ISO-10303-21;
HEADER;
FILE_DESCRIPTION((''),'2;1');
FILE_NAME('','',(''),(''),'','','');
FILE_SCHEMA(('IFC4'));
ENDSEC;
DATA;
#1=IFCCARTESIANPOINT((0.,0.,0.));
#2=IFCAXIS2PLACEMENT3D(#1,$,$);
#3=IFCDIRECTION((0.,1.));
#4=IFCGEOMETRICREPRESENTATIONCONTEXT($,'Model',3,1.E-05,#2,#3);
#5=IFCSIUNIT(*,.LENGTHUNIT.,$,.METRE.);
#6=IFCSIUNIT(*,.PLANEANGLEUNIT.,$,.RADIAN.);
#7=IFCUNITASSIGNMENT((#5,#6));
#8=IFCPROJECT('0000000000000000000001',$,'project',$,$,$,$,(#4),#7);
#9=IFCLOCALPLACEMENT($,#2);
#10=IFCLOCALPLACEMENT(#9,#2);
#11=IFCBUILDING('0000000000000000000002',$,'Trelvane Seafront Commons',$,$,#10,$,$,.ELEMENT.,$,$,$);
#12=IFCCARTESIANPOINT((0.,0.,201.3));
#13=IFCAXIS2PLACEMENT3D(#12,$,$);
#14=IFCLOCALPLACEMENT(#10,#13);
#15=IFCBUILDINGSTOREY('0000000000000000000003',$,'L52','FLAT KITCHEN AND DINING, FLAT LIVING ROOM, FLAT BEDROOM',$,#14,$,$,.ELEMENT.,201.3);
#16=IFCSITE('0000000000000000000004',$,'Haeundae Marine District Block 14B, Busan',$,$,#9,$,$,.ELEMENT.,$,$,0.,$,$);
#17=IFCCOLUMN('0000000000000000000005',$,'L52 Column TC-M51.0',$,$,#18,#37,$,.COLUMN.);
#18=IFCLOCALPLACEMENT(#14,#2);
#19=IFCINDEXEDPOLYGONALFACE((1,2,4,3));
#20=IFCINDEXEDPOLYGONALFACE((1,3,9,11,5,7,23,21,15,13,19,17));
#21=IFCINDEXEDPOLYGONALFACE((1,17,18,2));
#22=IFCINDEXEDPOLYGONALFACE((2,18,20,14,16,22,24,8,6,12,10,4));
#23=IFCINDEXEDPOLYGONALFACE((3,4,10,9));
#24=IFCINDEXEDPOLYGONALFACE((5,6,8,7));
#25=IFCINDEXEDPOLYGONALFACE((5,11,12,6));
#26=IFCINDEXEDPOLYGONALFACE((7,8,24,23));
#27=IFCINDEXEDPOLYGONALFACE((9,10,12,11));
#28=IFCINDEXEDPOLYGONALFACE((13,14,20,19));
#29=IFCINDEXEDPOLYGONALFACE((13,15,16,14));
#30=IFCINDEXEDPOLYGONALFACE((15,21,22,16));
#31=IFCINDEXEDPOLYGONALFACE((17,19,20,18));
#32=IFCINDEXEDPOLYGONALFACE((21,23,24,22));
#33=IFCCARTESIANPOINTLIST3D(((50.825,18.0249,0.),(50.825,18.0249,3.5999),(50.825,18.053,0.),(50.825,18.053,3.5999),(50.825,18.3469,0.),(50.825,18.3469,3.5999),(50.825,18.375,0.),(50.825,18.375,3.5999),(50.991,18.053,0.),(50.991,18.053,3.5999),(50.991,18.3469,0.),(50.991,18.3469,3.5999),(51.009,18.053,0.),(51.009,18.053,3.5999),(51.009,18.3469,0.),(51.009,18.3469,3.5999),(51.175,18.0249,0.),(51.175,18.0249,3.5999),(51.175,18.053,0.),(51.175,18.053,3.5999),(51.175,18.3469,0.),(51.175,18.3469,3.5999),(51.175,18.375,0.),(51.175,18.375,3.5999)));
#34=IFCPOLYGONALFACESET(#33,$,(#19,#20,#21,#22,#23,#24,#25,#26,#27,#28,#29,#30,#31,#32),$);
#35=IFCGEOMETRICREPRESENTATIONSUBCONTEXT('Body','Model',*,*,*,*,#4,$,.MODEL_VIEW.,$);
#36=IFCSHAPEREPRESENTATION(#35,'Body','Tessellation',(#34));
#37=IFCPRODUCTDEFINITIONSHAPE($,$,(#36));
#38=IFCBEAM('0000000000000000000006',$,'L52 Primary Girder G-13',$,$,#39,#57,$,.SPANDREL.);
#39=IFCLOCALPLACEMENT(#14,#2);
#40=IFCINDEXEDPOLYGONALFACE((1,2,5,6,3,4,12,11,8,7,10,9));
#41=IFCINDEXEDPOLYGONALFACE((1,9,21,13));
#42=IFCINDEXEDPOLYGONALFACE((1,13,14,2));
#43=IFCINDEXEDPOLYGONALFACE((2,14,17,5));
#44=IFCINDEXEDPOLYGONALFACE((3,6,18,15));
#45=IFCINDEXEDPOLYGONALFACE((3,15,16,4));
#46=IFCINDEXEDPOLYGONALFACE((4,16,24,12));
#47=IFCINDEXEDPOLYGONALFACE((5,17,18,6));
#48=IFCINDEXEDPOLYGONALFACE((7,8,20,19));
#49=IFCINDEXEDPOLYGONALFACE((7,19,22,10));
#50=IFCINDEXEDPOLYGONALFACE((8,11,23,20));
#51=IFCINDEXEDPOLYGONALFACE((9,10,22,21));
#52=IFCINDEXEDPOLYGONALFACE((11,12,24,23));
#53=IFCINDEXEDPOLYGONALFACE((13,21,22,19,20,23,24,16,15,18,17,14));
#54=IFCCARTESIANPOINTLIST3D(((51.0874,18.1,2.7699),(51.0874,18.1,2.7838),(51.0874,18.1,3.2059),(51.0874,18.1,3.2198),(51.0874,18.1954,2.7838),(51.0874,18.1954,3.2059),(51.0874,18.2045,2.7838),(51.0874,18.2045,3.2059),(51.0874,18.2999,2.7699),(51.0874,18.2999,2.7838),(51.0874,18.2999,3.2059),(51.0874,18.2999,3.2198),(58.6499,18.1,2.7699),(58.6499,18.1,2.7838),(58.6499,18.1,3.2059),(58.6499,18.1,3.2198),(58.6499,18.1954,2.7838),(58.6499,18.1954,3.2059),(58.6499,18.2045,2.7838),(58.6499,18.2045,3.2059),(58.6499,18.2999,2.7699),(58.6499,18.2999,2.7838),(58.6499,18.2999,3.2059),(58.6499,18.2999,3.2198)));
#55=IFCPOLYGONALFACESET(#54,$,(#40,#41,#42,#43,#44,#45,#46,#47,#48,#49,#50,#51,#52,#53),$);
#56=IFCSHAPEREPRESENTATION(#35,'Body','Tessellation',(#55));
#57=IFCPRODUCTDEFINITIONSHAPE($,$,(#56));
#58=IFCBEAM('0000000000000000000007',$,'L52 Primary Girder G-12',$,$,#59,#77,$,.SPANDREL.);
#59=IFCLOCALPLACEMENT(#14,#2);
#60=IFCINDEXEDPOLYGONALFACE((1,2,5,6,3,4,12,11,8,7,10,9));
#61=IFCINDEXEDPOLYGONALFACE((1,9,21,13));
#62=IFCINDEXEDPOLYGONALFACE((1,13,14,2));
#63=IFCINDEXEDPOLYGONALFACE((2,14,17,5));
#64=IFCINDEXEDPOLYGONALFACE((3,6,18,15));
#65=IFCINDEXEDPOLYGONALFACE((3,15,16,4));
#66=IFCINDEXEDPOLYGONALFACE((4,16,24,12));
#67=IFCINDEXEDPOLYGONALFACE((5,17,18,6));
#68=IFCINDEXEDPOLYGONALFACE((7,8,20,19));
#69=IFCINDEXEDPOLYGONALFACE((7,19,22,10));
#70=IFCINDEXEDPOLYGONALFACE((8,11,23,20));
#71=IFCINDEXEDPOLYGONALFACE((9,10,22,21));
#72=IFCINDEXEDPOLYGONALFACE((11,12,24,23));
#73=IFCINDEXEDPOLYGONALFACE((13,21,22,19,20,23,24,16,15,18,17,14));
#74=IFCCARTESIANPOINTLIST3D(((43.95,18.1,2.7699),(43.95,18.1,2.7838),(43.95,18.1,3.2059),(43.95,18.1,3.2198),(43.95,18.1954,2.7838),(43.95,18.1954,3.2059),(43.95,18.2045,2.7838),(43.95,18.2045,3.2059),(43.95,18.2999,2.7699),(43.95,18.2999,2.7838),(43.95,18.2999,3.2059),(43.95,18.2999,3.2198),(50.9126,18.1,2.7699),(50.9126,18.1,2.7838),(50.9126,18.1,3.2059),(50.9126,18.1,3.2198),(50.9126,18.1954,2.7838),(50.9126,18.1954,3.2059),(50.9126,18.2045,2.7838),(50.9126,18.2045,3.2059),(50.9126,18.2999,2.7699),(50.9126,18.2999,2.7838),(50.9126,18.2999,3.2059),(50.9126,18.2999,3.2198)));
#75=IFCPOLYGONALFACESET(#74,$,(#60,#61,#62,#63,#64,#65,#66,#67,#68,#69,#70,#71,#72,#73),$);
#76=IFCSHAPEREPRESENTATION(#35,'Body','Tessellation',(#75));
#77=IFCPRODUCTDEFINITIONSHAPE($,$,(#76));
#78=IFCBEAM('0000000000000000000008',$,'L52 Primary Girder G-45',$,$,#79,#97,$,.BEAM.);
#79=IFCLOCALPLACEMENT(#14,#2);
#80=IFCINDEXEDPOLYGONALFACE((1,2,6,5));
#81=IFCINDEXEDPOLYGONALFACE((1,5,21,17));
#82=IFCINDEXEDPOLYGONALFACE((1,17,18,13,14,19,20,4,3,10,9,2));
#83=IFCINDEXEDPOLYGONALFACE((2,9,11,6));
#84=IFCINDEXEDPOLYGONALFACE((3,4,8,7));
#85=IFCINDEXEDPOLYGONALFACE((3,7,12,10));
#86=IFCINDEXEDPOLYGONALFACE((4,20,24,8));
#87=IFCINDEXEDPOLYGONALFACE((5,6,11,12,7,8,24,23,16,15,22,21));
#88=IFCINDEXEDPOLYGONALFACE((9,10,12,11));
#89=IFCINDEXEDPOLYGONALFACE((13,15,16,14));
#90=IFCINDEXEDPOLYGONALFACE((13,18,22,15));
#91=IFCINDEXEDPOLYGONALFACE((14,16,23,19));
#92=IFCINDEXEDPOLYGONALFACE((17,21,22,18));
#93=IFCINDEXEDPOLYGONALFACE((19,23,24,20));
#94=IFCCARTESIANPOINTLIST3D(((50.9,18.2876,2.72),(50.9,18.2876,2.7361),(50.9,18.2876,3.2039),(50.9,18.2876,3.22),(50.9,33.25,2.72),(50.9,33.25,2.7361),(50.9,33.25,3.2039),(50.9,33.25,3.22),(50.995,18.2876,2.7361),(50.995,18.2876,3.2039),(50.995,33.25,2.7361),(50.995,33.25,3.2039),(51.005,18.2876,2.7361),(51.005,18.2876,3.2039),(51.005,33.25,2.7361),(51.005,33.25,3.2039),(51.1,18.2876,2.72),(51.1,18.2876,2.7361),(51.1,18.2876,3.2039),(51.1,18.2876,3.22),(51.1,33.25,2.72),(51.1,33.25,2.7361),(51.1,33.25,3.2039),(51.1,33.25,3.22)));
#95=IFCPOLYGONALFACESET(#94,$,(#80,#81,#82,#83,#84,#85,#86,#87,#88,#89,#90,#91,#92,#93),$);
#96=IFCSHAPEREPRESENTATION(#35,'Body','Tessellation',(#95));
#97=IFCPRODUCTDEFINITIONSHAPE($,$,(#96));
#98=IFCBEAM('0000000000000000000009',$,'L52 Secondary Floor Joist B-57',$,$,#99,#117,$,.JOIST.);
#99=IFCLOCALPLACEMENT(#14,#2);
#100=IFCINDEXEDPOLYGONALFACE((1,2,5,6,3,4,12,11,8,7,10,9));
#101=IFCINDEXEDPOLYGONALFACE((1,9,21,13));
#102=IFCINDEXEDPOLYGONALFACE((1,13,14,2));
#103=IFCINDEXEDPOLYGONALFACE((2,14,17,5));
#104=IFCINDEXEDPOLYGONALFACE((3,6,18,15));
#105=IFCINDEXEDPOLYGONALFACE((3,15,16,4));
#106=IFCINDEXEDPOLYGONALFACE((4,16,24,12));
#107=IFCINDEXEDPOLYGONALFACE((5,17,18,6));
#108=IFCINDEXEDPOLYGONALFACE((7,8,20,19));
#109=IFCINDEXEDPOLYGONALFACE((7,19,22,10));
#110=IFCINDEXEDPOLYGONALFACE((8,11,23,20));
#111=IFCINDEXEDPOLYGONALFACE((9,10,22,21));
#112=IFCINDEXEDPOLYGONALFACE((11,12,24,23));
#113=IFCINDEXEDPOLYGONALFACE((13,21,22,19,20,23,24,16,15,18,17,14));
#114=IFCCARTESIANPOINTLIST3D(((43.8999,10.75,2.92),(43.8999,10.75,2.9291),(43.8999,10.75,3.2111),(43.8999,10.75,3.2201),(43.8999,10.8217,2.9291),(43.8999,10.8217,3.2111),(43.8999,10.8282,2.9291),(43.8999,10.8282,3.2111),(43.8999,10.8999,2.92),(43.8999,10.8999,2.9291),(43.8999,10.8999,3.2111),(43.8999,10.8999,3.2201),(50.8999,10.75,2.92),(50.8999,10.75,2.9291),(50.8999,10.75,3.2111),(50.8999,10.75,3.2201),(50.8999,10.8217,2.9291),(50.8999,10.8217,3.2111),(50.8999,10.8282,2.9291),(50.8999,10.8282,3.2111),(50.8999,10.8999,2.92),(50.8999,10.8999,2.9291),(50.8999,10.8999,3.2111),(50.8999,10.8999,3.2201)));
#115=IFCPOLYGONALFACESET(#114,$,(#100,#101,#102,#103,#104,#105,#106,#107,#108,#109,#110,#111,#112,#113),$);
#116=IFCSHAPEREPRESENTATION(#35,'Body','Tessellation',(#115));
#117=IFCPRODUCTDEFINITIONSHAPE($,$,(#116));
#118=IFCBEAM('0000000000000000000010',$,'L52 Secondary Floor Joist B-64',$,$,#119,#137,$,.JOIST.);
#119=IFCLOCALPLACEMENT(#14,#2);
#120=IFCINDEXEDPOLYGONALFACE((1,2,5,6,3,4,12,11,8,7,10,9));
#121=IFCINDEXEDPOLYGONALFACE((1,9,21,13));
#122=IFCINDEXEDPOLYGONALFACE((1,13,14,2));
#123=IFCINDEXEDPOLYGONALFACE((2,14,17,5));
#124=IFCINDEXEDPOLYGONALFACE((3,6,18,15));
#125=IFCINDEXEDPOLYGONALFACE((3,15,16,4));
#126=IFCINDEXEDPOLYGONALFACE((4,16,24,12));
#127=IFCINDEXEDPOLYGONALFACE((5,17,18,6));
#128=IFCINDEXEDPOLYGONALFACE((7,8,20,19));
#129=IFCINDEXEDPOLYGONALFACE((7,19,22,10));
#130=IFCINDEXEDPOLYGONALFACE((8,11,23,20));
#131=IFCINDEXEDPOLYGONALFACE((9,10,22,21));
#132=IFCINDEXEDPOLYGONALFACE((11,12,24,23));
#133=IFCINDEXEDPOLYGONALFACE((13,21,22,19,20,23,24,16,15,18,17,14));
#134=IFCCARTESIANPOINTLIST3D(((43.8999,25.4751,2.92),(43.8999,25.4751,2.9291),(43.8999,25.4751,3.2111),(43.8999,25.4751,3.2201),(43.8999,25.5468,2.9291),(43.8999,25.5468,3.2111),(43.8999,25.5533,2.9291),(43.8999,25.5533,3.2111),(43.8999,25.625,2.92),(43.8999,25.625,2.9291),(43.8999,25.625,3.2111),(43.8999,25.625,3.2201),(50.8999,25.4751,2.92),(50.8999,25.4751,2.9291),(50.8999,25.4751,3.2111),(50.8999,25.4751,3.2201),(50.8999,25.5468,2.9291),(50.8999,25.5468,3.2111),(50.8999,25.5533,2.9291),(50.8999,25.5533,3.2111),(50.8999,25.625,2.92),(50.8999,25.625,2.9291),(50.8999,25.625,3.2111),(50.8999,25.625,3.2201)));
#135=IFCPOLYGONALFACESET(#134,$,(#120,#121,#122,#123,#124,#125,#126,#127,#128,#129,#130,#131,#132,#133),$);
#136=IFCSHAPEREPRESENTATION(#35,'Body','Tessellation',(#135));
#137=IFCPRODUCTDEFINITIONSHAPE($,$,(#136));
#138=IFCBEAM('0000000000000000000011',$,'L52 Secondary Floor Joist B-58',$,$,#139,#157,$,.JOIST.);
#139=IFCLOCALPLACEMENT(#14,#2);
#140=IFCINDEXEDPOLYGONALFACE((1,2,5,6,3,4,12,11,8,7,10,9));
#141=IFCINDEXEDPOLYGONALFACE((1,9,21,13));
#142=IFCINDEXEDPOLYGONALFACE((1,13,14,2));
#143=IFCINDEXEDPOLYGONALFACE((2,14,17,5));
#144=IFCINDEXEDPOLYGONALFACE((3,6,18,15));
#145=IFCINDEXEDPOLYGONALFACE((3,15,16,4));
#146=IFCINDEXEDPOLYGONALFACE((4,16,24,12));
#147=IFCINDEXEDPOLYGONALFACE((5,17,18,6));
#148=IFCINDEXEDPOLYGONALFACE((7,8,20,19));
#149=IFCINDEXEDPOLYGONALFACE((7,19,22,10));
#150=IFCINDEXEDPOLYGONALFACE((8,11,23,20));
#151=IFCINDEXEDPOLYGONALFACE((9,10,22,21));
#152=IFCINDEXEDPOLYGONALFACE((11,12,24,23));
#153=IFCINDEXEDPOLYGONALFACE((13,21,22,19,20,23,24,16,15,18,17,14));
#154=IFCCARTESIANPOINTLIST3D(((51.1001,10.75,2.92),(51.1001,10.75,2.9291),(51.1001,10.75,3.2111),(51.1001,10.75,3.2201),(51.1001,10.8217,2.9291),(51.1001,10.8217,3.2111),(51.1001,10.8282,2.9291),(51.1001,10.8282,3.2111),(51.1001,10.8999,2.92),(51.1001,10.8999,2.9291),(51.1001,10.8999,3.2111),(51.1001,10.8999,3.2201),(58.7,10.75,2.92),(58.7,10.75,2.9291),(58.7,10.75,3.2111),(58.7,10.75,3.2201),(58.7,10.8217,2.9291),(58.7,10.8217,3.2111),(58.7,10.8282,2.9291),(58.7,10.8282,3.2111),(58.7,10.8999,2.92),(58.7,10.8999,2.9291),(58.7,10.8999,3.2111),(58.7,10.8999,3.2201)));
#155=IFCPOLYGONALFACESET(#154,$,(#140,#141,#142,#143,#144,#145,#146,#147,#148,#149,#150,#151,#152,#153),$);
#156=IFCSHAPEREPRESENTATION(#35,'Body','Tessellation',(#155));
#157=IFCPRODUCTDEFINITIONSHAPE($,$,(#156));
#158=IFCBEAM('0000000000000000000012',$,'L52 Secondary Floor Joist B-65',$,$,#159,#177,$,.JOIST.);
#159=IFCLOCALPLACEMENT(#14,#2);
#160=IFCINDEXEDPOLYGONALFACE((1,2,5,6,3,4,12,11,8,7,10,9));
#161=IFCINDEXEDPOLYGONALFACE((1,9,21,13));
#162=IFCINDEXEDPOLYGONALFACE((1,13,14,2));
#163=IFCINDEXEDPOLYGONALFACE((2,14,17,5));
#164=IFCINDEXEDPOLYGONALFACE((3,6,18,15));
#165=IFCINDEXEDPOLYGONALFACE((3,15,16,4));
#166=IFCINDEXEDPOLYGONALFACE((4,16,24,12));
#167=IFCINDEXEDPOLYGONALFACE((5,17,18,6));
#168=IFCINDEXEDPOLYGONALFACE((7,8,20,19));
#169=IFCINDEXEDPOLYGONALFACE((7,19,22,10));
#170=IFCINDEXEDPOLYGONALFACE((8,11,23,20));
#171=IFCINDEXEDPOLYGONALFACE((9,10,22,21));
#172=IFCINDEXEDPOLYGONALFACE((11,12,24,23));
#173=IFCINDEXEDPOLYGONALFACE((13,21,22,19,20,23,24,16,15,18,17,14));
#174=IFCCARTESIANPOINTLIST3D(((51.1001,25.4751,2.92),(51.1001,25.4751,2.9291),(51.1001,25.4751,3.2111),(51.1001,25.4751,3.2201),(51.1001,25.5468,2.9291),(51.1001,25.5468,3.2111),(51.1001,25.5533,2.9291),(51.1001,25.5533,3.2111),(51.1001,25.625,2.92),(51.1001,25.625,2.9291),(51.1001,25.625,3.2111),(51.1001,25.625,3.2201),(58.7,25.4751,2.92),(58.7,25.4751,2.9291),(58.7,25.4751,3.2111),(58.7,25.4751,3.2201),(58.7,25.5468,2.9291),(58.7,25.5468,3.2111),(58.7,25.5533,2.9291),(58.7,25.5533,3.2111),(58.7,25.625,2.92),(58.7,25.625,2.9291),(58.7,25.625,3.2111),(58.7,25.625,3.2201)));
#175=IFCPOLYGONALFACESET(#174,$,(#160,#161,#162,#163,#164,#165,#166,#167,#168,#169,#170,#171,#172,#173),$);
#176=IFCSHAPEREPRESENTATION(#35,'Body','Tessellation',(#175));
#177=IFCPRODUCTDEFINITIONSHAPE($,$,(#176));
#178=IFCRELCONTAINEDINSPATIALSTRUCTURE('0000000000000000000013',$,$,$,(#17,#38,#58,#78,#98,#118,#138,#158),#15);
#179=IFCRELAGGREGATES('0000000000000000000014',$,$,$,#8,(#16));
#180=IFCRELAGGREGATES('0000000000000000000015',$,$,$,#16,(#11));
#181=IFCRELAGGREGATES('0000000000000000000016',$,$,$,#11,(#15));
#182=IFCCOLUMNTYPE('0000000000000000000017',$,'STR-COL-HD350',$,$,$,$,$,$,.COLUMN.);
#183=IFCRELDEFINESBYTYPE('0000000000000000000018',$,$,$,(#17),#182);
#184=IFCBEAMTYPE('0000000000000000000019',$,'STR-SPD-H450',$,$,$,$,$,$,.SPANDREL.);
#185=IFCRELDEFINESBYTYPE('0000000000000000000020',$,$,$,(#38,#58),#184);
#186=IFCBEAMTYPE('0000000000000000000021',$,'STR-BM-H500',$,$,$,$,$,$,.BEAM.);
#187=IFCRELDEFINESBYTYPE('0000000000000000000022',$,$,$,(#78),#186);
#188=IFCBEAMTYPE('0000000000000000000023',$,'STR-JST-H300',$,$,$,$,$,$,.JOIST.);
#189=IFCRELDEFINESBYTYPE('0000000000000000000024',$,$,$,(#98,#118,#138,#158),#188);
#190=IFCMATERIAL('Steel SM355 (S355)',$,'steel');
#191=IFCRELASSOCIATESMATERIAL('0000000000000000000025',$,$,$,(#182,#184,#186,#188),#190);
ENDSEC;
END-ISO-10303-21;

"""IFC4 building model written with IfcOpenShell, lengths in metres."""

from ifc_helpers import new_model, si_unit, direction, frame, origin, origin_2d, place, context, subcontext, project, spatial, i_section, extrude, source, transform, mapped, material, material_profile, profile_set, type_object, element, save


model = new_model("IFC4")

# Units and contexts
model_context = context("Model", 3, precision=1e-05, world=origin(), true_north=direction((0.0, 1.0)))
body_context = subcontext(model_context, "Body", "Model", "MODEL_VIEW")
ifc_project = project(units=[si_unit("LENGTHUNIT", "METRE"), si_unit("PLANEANGLEUNIT", "RADIAN")], contexts=[model_context])

# Site, building, storey
site_placement = place(None, origin())
site = spatial("IfcSite", under=ifc_project, at=site_placement, Name="Haeundae Marine District Block 14B, Busan", CompositionType="ELEMENT", RefElevation=0.0)
building_placement = place(site_placement, origin())
building = spatial("IfcBuilding", under=site, at=building_placement, Name="Trelvane Seafront Commons", CompositionType="ELEMENT")
storey_placement = place(building_placement, frame((0.0, 0.0, 201.3)))
storey = spatial("IfcBuildingStorey", under=building, at=storey_placement, Name="L52", Description="FLAT KITCHEN AND DINING, FLAT LIVING ROOM, FLAT BEDROOM", CompositionType="ELEMENT", Elevation=201.3)

# Column
ifc_material_1 = material(Name="Steel SM355 (S355)", Category="steel")
ifc_material_profile_1 = material_profile(ifc_material_1, i_section(OverallWidth=0.3501, OverallDepth=0.3501, WebThickness=0.0181, FlangeThickness=0.0281, at=origin_2d()), Name="HD-350x350x18x28")
ifc_profile_set_1 = profile_set([ifc_material_profile_1], Name="Steel SM355 (S355)")
column_type = type_object("IfcColumnType", Name="STR-COL-HD350", PredefinedType="COLUMN", material=ifc_profile_set_1)
shared_shape_1 = source(origin(), body_context, "Body", "SweptSolid", [
    extrude(i_section(OverallWidth=0.3501, OverallDepth=0.3501, WebThickness=0.0181, FlangeThickness=0.0281, at=origin_2d()), origin(), (0.0, 0.0, 1.0), 3.5999),
])
column_placement = place(storey_placement, frame((51.0, 18.2, 0.0), z_axis=(0.0, 0.0, 1.0), x_axis=(1.0, 0.0, 0.0)))
element("IfcColumn", 1, at=column_placement, inside=storey, type_object=column_type, Name="L52 Column TC-M51.0", PredefinedType="COLUMN", context=body_context, shape_type="MappedRepresentation", body=[
    mapped(shared_shape_1, transform((0.0, 0.0, 0.0), x_axis=(1.0, 0.0, 0.0), y_axis=(0.0, 1.0, 0.0), z_axis=(0.0, 0.0, 1.0), scale=1.0)),
])

# Beams
ifc_material_profile_2 = material_profile(ifc_material_1, i_section(OverallWidth=0.2, OverallDepth=0.45, WebThickness=0.009, FlangeThickness=0.0139, at=origin_2d()), Name="H-450x200x9x14")
ifc_profile_set_2 = profile_set([ifc_material_profile_2], Name="Steel SM355 (S355)")
beam_type_1 = type_object("IfcBeamType", Name="STR-SPD-H450", PredefinedType="SPANDREL", material=ifc_profile_set_2)
shared_shape_2 = source(origin(), body_context, "Body", "SweptSolid", [
    extrude(i_section(OverallWidth=0.2, OverallDepth=0.45, WebThickness=0.009, FlangeThickness=0.0139, at=origin_2d()), origin(), (0.0, 0.0, 1.0), 7.5625),
])
beam_1_placement = place(storey_placement, frame((51.0874, 18.2, 2.9949), z_axis=(1.0, 0.0, 0.0), x_axis=(0.0, 1.0, 0.0)))
element("IfcBeam", 2, at=beam_1_placement, inside=storey, type_object=beam_type_1, Name="L52 Primary Girder G-13", PredefinedType="SPANDREL", context=body_context, shape_type="MappedRepresentation", body=[
    mapped(shared_shape_2, transform((0.0, 0.0, 0.0), x_axis=(1.0, 0.0, 0.0), y_axis=(0.0, 1.0, 0.0), z_axis=(0.0, 0.0, 1.0), scale=1.0)),
])
shared_shape_3 = source(origin(), body_context, "Body", "SweptSolid", [
    extrude(i_section(OverallWidth=0.2, OverallDepth=0.45, WebThickness=0.009, FlangeThickness=0.0139, at=origin_2d()), origin(), (0.0, 0.0, 1.0), 6.9626),
])
beam_2_placement = place(storey_placement, frame((43.95, 18.2, 2.9949), z_axis=(1.0, 0.0, 0.0), x_axis=(0.0, 1.0, 0.0)))
element("IfcBeam", 3, at=beam_2_placement, inside=storey, type_object=beam_type_1, Name="L52 Primary Girder G-12", PredefinedType="SPANDREL", context=body_context, shape_type="MappedRepresentation", body=[
    mapped(shared_shape_3, transform((0.0, 0.0, 0.0), x_axis=(1.0, 0.0, 0.0), y_axis=(0.0, 1.0, 0.0), z_axis=(0.0, 0.0, 1.0), scale=1.0)),
])
ifc_material_profile_3 = material_profile(ifc_material_1, i_section(OverallWidth=0.2, OverallDepth=0.5, WebThickness=0.01, FlangeThickness=0.0161, at=origin_2d()), Name="H-500x200x10x16")
ifc_profile_set_3 = profile_set([ifc_material_profile_3], Name="Steel SM355 (S355)")
beam_type_2 = type_object("IfcBeamType", Name="STR-BM-H500", PredefinedType="BEAM", material=ifc_profile_set_3)
shared_shape_4 = source(origin(), body_context, "Body", "SweptSolid", [
    extrude(i_section(OverallWidth=0.2, OverallDepth=0.5, WebThickness=0.01, FlangeThickness=0.0161, at=origin_2d()), origin(), (0.0, 0.0, 1.0), 14.9624),
])
beam_3_placement = place(storey_placement, frame((51.0, 18.2876, 2.97), z_axis=(0.0, 1.0, 0.0), x_axis=(-1.0, 0.0, 0.0)))
element("IfcBeam", 4, at=beam_3_placement, inside=storey, type_object=beam_type_2, Name="L52 Primary Girder G-45", PredefinedType="BEAM", context=body_context, shape_type="MappedRepresentation", body=[
    mapped(shared_shape_4, transform((0.0, 0.0, 0.0), x_axis=(1.0, 0.0, 0.0), y_axis=(0.0, 1.0, 0.0), z_axis=(0.0, 0.0, 1.0), scale=1.0)),
])
ifc_material_profile_4 = material_profile(ifc_material_1, i_section(OverallWidth=0.1499, OverallDepth=0.3, WebThickness=0.0066, FlangeThickness=0.009, at=origin_2d()), Name="H-300x150x6.5x9")
ifc_profile_set_4 = profile_set([ifc_material_profile_4], Name="Steel SM355 (S355)")
beam_type_3 = type_object("IfcBeamType", Name="STR-JST-H300", PredefinedType="JOIST", material=ifc_profile_set_4)
shared_shape_5 = source(origin(), body_context, "Body", "SweptSolid", [
    extrude(i_section(OverallWidth=0.1499, OverallDepth=0.3, WebThickness=0.0066, FlangeThickness=0.009, at=origin_2d()), origin(), (0.0, 0.0, 1.0), 7.0),
])
for number, where, z_axis, x_axis, name in (
    (5, (43.8999, 10.825, 3.0701), (1.0, 0.0, 0.0), (0.0, 1.0, 0.0), "L52 Secondary Floor Joist B-57"),
    (6, (43.8999, 25.55, 3.0701), (1.0, 0.0, 0.0), (0.0, 1.0, 0.0), "L52 Secondary Floor Joist B-64"),
):
    element("IfcBeam", number, at=place(storey_placement, frame(where, z_axis=z_axis, x_axis=x_axis)), inside=storey, type_object=beam_type_3, Name=name, PredefinedType="JOIST", context=body_context, shape_type="MappedRepresentation", body=[
        mapped(shared_shape_5, transform((0.0, 0.0, 0.0), x_axis=(1.0, 0.0, 0.0), y_axis=(0.0, 1.0, 0.0), z_axis=(0.0, 0.0, 1.0), scale=1.0)),
    ])
shared_shape_6 = source(origin(), body_context, "Body", "SweptSolid", [
    extrude(i_section(OverallWidth=0.1499, OverallDepth=0.3, WebThickness=0.0066, FlangeThickness=0.009, at=origin_2d()), origin(), (0.0, 0.0, 1.0), 7.5999),
])
for number, where, z_axis, x_axis, name in (
    (7, (51.1001, 10.825, 3.0701), (1.0, 0.0, 0.0), (0.0, 1.0, 0.0), "L52 Secondary Floor Joist B-58"),
    (8, (51.1001, 25.55, 3.0701), (1.0, 0.0, 0.0), (0.0, 1.0, 0.0), "L52 Secondary Floor Joist B-65"),
):
    element("IfcBeam", number, at=place(storey_placement, frame(where, z_axis=z_axis, x_axis=x_axis)), inside=storey, type_object=beam_type_3, Name=name, PredefinedType="JOIST", context=body_context, shape_type="MappedRepresentation", body=[
        mapped(shared_shape_6, transform((0.0, 0.0, 0.0), x_axis=(1.0, 0.0, 0.0), y_axis=(0.0, 1.0, 0.0), z_axis=(0.0, 0.0, 1.0), scale=1.0)),
    ])

save(model, "model.ifc")
